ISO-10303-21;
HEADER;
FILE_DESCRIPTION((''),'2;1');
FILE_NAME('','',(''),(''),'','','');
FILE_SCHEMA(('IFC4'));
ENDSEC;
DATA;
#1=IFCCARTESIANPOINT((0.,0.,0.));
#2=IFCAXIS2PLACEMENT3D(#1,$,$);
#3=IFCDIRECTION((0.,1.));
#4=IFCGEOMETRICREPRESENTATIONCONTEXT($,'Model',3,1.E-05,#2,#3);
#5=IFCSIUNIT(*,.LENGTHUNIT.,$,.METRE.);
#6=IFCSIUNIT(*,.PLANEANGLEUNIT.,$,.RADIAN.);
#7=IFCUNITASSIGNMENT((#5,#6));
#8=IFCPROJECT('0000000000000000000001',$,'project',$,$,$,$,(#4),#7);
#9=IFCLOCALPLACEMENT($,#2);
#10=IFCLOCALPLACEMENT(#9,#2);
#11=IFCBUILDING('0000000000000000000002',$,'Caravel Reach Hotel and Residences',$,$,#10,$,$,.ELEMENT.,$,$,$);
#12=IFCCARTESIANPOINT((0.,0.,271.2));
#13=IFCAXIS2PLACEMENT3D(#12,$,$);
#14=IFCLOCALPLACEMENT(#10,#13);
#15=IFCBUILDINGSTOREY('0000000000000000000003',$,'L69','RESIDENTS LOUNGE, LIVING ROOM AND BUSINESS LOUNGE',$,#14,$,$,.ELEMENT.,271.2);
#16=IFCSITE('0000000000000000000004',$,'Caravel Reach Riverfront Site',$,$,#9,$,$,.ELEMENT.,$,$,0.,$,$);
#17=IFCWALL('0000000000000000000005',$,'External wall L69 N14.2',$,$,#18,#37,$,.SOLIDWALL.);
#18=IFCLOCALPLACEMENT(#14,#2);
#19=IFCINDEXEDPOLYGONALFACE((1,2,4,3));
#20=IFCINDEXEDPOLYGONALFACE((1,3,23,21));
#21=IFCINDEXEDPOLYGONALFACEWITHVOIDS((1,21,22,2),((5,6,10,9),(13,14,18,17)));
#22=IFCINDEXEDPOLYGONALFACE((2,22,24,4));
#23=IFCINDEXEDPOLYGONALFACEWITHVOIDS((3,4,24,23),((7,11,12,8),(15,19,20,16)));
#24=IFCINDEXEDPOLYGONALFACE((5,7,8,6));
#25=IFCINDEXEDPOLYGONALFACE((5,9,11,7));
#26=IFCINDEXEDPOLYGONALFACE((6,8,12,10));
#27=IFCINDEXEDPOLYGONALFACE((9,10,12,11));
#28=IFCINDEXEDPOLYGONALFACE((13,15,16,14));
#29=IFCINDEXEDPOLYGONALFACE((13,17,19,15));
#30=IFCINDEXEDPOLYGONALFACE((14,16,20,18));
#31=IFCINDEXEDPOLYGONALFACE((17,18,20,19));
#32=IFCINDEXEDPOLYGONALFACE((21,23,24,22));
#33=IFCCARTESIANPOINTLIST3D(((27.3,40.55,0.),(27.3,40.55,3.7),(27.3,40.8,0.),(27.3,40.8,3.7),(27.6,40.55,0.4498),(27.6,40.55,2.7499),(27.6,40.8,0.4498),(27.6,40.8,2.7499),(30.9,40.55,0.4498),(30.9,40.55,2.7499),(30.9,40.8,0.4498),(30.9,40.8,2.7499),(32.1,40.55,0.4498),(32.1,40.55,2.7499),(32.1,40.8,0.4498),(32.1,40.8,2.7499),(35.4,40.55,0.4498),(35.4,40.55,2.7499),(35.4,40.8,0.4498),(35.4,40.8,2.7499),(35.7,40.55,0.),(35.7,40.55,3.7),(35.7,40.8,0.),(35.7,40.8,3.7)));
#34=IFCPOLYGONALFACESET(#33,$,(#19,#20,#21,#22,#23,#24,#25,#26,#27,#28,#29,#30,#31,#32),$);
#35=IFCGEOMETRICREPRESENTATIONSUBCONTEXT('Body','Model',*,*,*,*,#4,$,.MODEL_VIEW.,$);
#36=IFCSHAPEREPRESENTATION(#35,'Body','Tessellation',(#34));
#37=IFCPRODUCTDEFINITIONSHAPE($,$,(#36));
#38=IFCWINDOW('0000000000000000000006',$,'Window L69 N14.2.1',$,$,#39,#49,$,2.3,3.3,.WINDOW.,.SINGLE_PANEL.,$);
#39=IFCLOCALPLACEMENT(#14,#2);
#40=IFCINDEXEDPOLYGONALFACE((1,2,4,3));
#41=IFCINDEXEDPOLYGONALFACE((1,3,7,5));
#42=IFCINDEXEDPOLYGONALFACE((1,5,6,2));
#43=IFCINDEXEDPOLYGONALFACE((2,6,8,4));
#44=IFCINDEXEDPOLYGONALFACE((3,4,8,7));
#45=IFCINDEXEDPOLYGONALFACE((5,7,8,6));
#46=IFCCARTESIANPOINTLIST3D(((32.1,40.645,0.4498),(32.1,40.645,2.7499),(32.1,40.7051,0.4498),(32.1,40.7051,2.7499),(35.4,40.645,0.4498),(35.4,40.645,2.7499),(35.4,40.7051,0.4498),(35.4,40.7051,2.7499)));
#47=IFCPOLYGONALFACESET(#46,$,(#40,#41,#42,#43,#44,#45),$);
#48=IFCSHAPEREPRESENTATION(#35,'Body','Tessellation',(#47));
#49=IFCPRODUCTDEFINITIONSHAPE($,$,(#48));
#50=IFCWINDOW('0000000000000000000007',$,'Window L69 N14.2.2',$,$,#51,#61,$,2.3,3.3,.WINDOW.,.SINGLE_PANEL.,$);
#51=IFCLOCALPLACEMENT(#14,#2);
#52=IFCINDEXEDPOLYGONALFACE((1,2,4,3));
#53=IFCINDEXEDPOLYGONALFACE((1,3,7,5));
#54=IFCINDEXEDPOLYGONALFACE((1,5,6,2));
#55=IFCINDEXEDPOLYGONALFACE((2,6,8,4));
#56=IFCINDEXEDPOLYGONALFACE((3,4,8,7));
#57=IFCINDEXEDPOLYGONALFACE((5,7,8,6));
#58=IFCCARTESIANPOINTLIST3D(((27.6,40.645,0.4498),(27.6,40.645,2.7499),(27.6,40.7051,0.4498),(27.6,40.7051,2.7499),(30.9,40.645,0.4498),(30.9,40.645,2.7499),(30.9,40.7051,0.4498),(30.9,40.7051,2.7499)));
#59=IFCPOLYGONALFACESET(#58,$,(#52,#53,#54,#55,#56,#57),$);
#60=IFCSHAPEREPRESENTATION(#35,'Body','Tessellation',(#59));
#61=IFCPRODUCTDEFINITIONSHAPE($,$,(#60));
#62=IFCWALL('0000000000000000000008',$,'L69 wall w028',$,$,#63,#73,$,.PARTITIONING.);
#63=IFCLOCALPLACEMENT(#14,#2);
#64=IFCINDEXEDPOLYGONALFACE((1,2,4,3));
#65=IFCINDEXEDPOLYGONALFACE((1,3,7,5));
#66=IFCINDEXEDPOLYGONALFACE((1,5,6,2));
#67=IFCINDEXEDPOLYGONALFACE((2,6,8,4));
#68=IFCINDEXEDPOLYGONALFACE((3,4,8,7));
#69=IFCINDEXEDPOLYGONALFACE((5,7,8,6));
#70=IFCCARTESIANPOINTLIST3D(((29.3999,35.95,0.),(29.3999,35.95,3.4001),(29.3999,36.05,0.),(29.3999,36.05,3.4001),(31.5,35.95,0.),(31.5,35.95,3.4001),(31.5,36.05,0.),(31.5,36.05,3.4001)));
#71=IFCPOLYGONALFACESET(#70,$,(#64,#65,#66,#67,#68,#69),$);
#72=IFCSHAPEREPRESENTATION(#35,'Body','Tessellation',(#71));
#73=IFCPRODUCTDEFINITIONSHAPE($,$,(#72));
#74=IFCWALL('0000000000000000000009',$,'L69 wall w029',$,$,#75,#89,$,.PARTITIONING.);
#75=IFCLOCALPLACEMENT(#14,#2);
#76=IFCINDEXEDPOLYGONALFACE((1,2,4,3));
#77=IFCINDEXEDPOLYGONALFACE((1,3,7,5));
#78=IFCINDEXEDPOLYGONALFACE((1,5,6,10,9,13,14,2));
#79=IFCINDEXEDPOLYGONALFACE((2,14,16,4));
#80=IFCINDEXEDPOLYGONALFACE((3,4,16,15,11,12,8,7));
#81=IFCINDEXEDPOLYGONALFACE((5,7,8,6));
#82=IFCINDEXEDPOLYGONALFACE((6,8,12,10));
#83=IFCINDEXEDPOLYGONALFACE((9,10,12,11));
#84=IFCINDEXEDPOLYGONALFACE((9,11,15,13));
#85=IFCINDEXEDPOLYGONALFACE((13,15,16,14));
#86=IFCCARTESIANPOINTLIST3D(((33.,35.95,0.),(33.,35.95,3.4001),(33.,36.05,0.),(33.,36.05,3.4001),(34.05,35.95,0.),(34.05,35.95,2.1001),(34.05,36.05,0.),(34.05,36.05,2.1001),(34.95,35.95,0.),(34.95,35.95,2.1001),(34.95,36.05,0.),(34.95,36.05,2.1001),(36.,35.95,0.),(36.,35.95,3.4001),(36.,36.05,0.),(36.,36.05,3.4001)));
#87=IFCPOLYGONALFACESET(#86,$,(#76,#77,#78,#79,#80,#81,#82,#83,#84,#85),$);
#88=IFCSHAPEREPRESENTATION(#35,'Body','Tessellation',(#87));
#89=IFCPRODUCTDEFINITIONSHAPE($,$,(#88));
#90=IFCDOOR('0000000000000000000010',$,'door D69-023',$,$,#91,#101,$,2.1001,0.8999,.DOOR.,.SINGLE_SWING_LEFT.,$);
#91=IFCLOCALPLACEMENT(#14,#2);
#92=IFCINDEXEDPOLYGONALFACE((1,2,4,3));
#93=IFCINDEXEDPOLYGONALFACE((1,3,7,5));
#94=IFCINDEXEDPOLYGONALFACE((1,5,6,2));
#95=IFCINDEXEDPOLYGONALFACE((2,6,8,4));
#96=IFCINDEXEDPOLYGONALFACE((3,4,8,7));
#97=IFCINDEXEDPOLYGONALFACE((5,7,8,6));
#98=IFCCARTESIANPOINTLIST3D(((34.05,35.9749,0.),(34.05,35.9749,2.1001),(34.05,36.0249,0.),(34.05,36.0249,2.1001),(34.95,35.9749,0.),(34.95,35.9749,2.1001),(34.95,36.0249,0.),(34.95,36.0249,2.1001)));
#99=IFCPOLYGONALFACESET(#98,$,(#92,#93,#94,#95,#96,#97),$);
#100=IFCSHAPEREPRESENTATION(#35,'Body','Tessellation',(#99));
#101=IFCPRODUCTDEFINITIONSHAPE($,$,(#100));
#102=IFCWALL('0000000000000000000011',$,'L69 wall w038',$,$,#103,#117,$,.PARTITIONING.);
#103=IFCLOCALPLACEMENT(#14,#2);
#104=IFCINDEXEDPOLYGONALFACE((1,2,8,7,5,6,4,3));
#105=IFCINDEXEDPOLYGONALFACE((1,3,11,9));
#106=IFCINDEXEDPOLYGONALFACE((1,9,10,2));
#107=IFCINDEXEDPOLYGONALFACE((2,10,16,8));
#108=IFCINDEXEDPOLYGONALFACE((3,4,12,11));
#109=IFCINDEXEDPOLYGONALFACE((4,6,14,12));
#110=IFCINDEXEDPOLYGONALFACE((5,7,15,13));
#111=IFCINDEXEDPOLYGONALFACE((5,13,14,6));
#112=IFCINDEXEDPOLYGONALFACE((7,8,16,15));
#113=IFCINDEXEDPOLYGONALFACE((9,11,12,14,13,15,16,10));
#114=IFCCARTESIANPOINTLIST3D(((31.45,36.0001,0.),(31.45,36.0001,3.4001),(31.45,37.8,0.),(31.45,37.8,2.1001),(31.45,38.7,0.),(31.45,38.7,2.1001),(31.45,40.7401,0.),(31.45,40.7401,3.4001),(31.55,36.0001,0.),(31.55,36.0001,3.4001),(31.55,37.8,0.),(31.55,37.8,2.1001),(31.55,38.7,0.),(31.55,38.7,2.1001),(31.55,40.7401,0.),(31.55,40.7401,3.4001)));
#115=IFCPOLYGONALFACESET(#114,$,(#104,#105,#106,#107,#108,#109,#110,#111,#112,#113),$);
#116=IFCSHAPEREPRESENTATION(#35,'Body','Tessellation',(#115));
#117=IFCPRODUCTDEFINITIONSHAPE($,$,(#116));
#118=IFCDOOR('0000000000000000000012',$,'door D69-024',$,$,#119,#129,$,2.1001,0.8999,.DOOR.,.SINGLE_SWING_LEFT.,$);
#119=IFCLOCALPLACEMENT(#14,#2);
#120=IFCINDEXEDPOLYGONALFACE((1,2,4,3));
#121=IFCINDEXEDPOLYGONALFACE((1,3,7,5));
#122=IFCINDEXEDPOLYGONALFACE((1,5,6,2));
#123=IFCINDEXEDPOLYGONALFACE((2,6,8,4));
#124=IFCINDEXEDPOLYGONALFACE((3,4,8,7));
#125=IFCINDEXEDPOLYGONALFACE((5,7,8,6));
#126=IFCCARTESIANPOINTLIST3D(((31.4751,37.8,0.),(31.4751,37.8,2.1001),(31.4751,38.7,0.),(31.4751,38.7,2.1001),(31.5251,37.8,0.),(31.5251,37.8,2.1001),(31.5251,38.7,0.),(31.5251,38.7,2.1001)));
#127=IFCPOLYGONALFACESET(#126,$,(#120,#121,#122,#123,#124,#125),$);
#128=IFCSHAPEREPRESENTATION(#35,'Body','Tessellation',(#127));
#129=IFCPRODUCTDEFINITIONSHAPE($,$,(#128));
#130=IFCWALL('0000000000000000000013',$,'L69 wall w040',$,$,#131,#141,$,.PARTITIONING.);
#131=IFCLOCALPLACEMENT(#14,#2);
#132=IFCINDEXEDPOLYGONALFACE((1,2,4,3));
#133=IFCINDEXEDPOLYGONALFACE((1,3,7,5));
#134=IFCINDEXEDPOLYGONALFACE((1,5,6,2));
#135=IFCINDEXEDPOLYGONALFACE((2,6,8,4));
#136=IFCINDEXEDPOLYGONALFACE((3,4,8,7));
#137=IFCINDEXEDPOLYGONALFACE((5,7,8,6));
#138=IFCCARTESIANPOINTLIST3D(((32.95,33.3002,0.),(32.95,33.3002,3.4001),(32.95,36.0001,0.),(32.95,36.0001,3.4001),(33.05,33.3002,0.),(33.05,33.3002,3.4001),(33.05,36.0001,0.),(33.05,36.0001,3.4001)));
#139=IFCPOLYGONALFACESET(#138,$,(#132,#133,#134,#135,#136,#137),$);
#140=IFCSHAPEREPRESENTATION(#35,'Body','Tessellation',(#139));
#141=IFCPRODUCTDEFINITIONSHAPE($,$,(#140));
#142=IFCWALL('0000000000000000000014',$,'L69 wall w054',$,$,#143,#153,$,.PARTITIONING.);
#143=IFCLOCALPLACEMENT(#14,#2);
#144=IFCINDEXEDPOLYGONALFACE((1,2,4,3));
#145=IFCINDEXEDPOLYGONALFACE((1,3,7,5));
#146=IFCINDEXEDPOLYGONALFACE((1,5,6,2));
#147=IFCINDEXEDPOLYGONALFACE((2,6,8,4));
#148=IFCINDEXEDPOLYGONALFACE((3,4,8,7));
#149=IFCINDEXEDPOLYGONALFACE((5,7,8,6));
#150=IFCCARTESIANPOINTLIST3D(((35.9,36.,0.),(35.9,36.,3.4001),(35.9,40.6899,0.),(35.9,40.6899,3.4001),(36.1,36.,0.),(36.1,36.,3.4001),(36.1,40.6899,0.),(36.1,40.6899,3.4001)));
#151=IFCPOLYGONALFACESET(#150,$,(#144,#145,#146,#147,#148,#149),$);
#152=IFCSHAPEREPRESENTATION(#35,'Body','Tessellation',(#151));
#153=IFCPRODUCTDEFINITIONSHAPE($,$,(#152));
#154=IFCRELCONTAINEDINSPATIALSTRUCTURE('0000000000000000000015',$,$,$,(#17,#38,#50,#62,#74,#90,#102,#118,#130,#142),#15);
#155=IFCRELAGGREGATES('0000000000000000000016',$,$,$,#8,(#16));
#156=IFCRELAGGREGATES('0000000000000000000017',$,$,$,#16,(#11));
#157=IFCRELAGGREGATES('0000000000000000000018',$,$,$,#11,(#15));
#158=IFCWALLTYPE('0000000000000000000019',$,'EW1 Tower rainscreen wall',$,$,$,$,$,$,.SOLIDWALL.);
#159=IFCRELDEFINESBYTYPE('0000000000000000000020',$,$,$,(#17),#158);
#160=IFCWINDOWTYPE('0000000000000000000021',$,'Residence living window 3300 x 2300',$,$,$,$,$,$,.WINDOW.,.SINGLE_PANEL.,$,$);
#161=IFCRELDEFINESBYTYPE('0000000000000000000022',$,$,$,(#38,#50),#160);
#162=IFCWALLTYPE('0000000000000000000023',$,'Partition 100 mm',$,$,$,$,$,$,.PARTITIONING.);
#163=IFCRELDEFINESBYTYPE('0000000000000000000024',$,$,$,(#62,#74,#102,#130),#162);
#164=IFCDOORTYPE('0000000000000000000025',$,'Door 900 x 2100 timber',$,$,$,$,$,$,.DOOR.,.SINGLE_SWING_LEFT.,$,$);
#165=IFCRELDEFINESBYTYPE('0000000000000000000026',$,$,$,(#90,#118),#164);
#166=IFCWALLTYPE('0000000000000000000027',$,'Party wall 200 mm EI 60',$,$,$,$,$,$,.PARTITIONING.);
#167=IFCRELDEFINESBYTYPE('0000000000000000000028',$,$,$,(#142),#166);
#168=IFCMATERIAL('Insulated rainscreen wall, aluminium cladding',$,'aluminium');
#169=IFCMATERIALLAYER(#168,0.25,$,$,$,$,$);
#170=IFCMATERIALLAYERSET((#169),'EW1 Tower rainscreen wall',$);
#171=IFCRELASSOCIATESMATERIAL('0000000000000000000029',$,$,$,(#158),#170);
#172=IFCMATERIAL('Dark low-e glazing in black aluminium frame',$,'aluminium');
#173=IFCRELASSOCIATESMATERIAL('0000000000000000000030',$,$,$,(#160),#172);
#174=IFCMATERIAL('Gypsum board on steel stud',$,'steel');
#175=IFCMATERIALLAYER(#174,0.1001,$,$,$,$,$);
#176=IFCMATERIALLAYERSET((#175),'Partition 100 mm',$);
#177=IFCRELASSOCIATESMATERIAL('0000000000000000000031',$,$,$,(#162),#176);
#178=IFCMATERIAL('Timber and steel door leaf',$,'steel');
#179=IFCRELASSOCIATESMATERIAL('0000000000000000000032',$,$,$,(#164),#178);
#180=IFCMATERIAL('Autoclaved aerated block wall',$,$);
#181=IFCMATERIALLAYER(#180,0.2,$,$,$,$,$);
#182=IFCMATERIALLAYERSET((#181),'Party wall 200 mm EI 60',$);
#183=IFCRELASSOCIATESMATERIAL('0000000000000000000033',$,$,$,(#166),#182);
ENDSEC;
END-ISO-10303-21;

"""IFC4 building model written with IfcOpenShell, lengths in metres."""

from ifc_helpers import new_model, si_unit, direction, frame, frame_2d, origin, place, context, subcontext, project, spatial, rectangle, extrude, material, layer, layer_set, type_object, element, fill, save


model = new_model("IFC4")

# Units and contexts
model_context = context("Model", 3, precision=1e-05, world=origin(), true_north=direction((0.0, 1.0)))
body_context = subcontext(model_context, "Body", "Model", "MODEL_VIEW")
ifc_project = project(units=[si_unit("LENGTHUNIT", "METRE"), si_unit("PLANEANGLEUNIT", "RADIAN")], contexts=[model_context])

# Site, building, storey
site_placement = place(None, origin())
site = spatial("IfcSite", under=ifc_project, at=site_placement, Name="Caravel Reach Riverfront Site", CompositionType="ELEMENT", RefElevation=0.0)
building_placement = place(site_placement, origin())
building = spatial("IfcBuilding", under=site, at=building_placement, Name="Caravel Reach Hotel and Residences", CompositionType="ELEMENT")
storey_placement = place(building_placement, frame((0.0, 0.0, 271.2)))
storey = spatial("IfcBuildingStorey", under=building, at=storey_placement, Name="L69", Description="RESIDENTS LOUNGE, LIVING ROOM AND BUSINESS LOUNGE", CompositionType="ELEMENT", Elevation=271.2)

# Wall, openings, windows
ifc_material_1 = material(Name="Insulated rainscreen wall, aluminium cladding", Category="aluminium")
ifc_layer_1 = layer(ifc_material_1, 0.25)
ifc_layer_set_1 = layer_set([ifc_layer_1], Name="EW1 Tower rainscreen wall")
wall_type_1 = type_object("IfcWallType", Name="EW1 Tower rainscreen wall", PredefinedType="SOLIDWALL", material=ifc_layer_set_1)
wall_1_placement = place(storey_placement, frame((35.7, 40.675, 0.0), z_axis=(0.0, 0.0, 1.0), x_axis=(-1.0, 0.0, 0.0)))
wall_1 = element("IfcWall", 1, at=wall_1_placement, inside=storey, type_object=wall_type_1, Name="External wall L69 N14.2", PredefinedType="SOLIDWALL", context=body_context, shape_type="SweptSolid", body=[
    extrude(rectangle(XDim=8.3999, YDim=0.25, at=frame_2d((4.2, 0.0))), origin(), (0.0, 0.0, 1.0), 3.7),
])
opening_1_placement = place(wall_1_placement, frame((0.3, 0.0, 0.45)))
opening_1 = element("IfcOpeningElement", 2, at=opening_1_placement, cuts=wall_1, PredefinedType="OPENING", context=body_context, shape_type="SweptSolid", body=[
    extrude(rectangle(XDim=3.3, YDim=2.3, at=frame_2d((1.6499, 1.1499))), frame((0.0, 0.135, 0.0), z_axis=(0.0, -1.0, 0.0), x_axis=(1.0, 0.0, 0.0)), (0.0, 0.0, 1.0), 0.27),
])
opening_2_placement = place(wall_1_placement, frame((4.8, 0.0, 0.45)))
opening_2 = element("IfcOpeningElement", 3, at=opening_2_placement, cuts=wall_1, PredefinedType="OPENING", context=body_context, shape_type="SweptSolid", body=[
    extrude(rectangle(XDim=3.3, YDim=2.3, at=frame_2d((1.6499, 1.1499))), frame((0.0, 0.135, 0.0), z_axis=(0.0, -1.0, 0.0), x_axis=(1.0, 0.0, 0.0)), (0.0, 0.0, 1.0), 0.27),
])
ifc_material_2 = material(Name="Dark low-e glazing in black aluminium frame", Category="aluminium")
window_type = type_object("IfcWindowType", Name="Residence living window 3300 x 2300", PartitioningType="SINGLE_PANEL", PredefinedType="WINDOW", material=ifc_material_2)
window_1_placement = place(opening_1_placement, origin())
window_1 = element("IfcWindow", 4, at=window_1_placement, inside=storey, type_object=window_type, Name="Window L69 N14.2.1", OverallHeight=2.3, OverallWidth=3.3, PartitioningType="SINGLE_PANEL", PredefinedType="WINDOW", context=body_context, shape_type="SweptSolid", body=[
    extrude(rectangle(XDim=3.3, YDim=2.3, at=frame_2d((1.6499, 1.1499))), frame((0.0, 0.03, 0.0), z_axis=(0.0, -1.0, 0.0), x_axis=(1.0, 0.0, 0.0)), (0.0, 0.0, 1.0), 0.0601),
])
fill(opening_1, window_1)
window_2_placement = place(opening_2_placement, origin())
window_2 = element("IfcWindow", 5, at=window_2_placement, inside=storey, type_object=window_type, Name="Window L69 N14.2.2", OverallHeight=2.3, OverallWidth=3.3, PartitioningType="SINGLE_PANEL", PredefinedType="WINDOW", context=body_context, shape_type="SweptSolid", body=[
    extrude(rectangle(XDim=3.3, YDim=2.3, at=frame_2d((1.6499, 1.1499))), frame((0.0, 0.03, 0.0), z_axis=(0.0, -1.0, 0.0), x_axis=(1.0, 0.0, 0.0)), (0.0, 0.0, 1.0), 0.0601),
])
fill(opening_2, window_2)

# Wall
ifc_material_3 = material(Name="Gypsum board on steel stud", Category="steel")
ifc_layer_2 = layer(ifc_material_3, 0.1001)
ifc_layer_set_2 = layer_set([ifc_layer_2], Name="Partition 100 mm")
wall_type_2 = type_object("IfcWallType", Name="Partition 100 mm", PredefinedType="PARTITIONING", material=ifc_layer_set_2)
wall_2_placement = place(storey_placement, frame((29.3999, 36.0, 0.0), z_axis=(0.0, 0.0, 1.0), x_axis=(1.0, 0.0, 0.0)))
element("IfcWall", 6, at=wall_2_placement, inside=storey, type_object=wall_type_2, Name="L69 wall w028", PredefinedType="PARTITIONING", context=body_context, shape_type="SweptSolid", body=[
    extrude(rectangle(XDim=2.1001, YDim=0.1001, at=frame_2d((1.05, 0.0))), origin(), (0.0, 0.0, 1.0), 3.4001),
])

# Walls, openings, doors
wall_3_placement = place(storey_placement, frame((33.0, 36.0, 0.0), z_axis=(0.0, 0.0, 1.0), x_axis=(1.0, 0.0, 0.0)))
wall_3 = element("IfcWall", 7, at=wall_3_placement, inside=storey, type_object=wall_type_2, Name="L69 wall w029", PredefinedType="PARTITIONING", context=body_context, shape_type="SweptSolid", body=[
    extrude(rectangle(XDim=3.0, YDim=0.1001, at=frame_2d((1.5, 0.0))), origin(), (0.0, 0.0, 1.0), 3.4001),
])
opening_3_placement = place(wall_3_placement, frame((1.05, 0.0, 0.0)))
opening_3 = element("IfcOpeningElement", 8, at=opening_3_placement, cuts=wall_3, PredefinedType="OPENING", context=body_context, shape_type="SweptSolid", body=[
    extrude(rectangle(XDim=0.8999, YDim=2.1001, at=frame_2d((0.45, 1.05))), frame((0.0, 0.0601, 0.0), z_axis=(0.0, -1.0, 0.0), x_axis=(1.0, 0.0, 0.0)), (0.0, 0.0, 1.0), 0.1201),
])
ifc_material_4 = material(Name="Timber and steel door leaf", Category="steel")
door_type_1 = type_object("IfcDoorType", Name="Door 900 x 2100 timber", OperationType="SINGLE_SWING_LEFT", PredefinedType="DOOR", material=ifc_material_4)
door_1_placement = place(opening_3_placement, origin())
door_1 = element("IfcDoor", 9, at=door_1_placement, inside=storey, type_object=door_type_1, Name="door D69-023", OperationType="SINGLE_SWING_LEFT", OverallHeight=2.1001, OverallWidth=0.8999, PredefinedType="DOOR", context=body_context, shape_type="SweptSolid", body=[
    extrude(rectangle(XDim=0.8999, YDim=2.1001, at=frame_2d((0.45, 1.05))), frame((0.0, 0.0249, 0.0), z_axis=(0.0, -1.0, 0.0), x_axis=(1.0, 0.0, 0.0)), (0.0, 0.0, 1.0), 0.05),
])
fill(opening_3, door_1)
wall_4_placement = place(storey_placement, frame((31.5, 36.0, 0.0), z_axis=(0.0, 0.0, 1.0), x_axis=(0.0, 1.0, 0.0)))
wall_4 = element("IfcWall", 10, at=wall_4_placement, inside=storey, type_object=wall_type_2, Name="L69 wall w038", PredefinedType="PARTITIONING", context=body_context, shape_type="SweptSolid", body=[
    extrude(rectangle(XDim=4.74, YDim=0.1001, at=frame_2d((2.3701, 0.0))), origin(), (0.0, 0.0, 1.0), 3.4001),
])
opening_4_placement = place(wall_4_placement, frame((1.8, 0.0, 0.0)))
opening_4 = element("IfcOpeningElement", 11, at=opening_4_placement, cuts=wall_4, PredefinedType="OPENING", context=body_context, shape_type="SweptSolid", body=[
    extrude(rectangle(XDim=0.8999, YDim=2.1001, at=frame_2d((0.45, 1.05))), frame((0.0, 0.0601, 0.0), z_axis=(0.0, -1.0, 0.0), x_axis=(1.0, 0.0, 0.0)), (0.0, 0.0, 1.0), 0.1201),
])
door_2_placement = place(opening_4_placement, origin())
door_2 = element("IfcDoor", 12, at=door_2_placement, inside=storey, type_object=door_type_1, Name="door D69-024", OperationType="SINGLE_SWING_LEFT", OverallHeight=2.1001, OverallWidth=0.8999, PredefinedType="DOOR", context=body_context, shape_type="SweptSolid", body=[
    extrude(rectangle(XDim=0.8999, YDim=2.1001, at=frame_2d((0.45, 1.05))), frame((0.0, 0.0249, 0.0), z_axis=(0.0, -1.0, 0.0), x_axis=(1.0, 0.0, 0.0)), (0.0, 0.0, 1.0), 0.05),
])
fill(opening_4, door_2)

# Walls
wall_5_placement = place(storey_placement, frame((33.0, 33.3, 0.0), z_axis=(0.0, 0.0, 1.0), x_axis=(0.0, 1.0, 0.0)))
element("IfcWall", 13, at=wall_5_placement, inside=storey, type_object=wall_type_2, Name="L69 wall w040", PredefinedType="PARTITIONING", context=body_context, shape_type="SweptSolid", body=[
    extrude(rectangle(XDim=2.7, YDim=0.1001, at=frame_2d((1.3501, 0.0))), origin(), (0.0, 0.0, 1.0), 3.4001),
])
ifc_material_5 = material(Name="Autoclaved aerated block wall")
ifc_layer_3 = layer(ifc_material_5, 0.2)
ifc_layer_set_3 = layer_set([ifc_layer_3], Name="Party wall 200 mm EI 60")
wall_type_3 = type_object("IfcWallType", Name="Party wall 200 mm EI 60", PredefinedType="PARTITIONING", material=ifc_layer_set_3)
wall_6_placement = place(storey_placement, frame((36.0, 36.0, 0.0), z_axis=(0.0, 0.0, 1.0), x_axis=(0.0, 1.0, 0.0)))
element("IfcWall", 14, at=wall_6_placement, inside=storey, type_object=wall_type_3, Name="L69 wall w054", PredefinedType="PARTITIONING", context=body_context, shape_type="SweptSolid", body=[
    extrude(rectangle(XDim=4.6899, YDim=0.2, at=frame_2d((2.345, 0.0))), origin(), (0.0, 0.0, 1.0), 3.4001),
])

save(model, "model.ifc")
